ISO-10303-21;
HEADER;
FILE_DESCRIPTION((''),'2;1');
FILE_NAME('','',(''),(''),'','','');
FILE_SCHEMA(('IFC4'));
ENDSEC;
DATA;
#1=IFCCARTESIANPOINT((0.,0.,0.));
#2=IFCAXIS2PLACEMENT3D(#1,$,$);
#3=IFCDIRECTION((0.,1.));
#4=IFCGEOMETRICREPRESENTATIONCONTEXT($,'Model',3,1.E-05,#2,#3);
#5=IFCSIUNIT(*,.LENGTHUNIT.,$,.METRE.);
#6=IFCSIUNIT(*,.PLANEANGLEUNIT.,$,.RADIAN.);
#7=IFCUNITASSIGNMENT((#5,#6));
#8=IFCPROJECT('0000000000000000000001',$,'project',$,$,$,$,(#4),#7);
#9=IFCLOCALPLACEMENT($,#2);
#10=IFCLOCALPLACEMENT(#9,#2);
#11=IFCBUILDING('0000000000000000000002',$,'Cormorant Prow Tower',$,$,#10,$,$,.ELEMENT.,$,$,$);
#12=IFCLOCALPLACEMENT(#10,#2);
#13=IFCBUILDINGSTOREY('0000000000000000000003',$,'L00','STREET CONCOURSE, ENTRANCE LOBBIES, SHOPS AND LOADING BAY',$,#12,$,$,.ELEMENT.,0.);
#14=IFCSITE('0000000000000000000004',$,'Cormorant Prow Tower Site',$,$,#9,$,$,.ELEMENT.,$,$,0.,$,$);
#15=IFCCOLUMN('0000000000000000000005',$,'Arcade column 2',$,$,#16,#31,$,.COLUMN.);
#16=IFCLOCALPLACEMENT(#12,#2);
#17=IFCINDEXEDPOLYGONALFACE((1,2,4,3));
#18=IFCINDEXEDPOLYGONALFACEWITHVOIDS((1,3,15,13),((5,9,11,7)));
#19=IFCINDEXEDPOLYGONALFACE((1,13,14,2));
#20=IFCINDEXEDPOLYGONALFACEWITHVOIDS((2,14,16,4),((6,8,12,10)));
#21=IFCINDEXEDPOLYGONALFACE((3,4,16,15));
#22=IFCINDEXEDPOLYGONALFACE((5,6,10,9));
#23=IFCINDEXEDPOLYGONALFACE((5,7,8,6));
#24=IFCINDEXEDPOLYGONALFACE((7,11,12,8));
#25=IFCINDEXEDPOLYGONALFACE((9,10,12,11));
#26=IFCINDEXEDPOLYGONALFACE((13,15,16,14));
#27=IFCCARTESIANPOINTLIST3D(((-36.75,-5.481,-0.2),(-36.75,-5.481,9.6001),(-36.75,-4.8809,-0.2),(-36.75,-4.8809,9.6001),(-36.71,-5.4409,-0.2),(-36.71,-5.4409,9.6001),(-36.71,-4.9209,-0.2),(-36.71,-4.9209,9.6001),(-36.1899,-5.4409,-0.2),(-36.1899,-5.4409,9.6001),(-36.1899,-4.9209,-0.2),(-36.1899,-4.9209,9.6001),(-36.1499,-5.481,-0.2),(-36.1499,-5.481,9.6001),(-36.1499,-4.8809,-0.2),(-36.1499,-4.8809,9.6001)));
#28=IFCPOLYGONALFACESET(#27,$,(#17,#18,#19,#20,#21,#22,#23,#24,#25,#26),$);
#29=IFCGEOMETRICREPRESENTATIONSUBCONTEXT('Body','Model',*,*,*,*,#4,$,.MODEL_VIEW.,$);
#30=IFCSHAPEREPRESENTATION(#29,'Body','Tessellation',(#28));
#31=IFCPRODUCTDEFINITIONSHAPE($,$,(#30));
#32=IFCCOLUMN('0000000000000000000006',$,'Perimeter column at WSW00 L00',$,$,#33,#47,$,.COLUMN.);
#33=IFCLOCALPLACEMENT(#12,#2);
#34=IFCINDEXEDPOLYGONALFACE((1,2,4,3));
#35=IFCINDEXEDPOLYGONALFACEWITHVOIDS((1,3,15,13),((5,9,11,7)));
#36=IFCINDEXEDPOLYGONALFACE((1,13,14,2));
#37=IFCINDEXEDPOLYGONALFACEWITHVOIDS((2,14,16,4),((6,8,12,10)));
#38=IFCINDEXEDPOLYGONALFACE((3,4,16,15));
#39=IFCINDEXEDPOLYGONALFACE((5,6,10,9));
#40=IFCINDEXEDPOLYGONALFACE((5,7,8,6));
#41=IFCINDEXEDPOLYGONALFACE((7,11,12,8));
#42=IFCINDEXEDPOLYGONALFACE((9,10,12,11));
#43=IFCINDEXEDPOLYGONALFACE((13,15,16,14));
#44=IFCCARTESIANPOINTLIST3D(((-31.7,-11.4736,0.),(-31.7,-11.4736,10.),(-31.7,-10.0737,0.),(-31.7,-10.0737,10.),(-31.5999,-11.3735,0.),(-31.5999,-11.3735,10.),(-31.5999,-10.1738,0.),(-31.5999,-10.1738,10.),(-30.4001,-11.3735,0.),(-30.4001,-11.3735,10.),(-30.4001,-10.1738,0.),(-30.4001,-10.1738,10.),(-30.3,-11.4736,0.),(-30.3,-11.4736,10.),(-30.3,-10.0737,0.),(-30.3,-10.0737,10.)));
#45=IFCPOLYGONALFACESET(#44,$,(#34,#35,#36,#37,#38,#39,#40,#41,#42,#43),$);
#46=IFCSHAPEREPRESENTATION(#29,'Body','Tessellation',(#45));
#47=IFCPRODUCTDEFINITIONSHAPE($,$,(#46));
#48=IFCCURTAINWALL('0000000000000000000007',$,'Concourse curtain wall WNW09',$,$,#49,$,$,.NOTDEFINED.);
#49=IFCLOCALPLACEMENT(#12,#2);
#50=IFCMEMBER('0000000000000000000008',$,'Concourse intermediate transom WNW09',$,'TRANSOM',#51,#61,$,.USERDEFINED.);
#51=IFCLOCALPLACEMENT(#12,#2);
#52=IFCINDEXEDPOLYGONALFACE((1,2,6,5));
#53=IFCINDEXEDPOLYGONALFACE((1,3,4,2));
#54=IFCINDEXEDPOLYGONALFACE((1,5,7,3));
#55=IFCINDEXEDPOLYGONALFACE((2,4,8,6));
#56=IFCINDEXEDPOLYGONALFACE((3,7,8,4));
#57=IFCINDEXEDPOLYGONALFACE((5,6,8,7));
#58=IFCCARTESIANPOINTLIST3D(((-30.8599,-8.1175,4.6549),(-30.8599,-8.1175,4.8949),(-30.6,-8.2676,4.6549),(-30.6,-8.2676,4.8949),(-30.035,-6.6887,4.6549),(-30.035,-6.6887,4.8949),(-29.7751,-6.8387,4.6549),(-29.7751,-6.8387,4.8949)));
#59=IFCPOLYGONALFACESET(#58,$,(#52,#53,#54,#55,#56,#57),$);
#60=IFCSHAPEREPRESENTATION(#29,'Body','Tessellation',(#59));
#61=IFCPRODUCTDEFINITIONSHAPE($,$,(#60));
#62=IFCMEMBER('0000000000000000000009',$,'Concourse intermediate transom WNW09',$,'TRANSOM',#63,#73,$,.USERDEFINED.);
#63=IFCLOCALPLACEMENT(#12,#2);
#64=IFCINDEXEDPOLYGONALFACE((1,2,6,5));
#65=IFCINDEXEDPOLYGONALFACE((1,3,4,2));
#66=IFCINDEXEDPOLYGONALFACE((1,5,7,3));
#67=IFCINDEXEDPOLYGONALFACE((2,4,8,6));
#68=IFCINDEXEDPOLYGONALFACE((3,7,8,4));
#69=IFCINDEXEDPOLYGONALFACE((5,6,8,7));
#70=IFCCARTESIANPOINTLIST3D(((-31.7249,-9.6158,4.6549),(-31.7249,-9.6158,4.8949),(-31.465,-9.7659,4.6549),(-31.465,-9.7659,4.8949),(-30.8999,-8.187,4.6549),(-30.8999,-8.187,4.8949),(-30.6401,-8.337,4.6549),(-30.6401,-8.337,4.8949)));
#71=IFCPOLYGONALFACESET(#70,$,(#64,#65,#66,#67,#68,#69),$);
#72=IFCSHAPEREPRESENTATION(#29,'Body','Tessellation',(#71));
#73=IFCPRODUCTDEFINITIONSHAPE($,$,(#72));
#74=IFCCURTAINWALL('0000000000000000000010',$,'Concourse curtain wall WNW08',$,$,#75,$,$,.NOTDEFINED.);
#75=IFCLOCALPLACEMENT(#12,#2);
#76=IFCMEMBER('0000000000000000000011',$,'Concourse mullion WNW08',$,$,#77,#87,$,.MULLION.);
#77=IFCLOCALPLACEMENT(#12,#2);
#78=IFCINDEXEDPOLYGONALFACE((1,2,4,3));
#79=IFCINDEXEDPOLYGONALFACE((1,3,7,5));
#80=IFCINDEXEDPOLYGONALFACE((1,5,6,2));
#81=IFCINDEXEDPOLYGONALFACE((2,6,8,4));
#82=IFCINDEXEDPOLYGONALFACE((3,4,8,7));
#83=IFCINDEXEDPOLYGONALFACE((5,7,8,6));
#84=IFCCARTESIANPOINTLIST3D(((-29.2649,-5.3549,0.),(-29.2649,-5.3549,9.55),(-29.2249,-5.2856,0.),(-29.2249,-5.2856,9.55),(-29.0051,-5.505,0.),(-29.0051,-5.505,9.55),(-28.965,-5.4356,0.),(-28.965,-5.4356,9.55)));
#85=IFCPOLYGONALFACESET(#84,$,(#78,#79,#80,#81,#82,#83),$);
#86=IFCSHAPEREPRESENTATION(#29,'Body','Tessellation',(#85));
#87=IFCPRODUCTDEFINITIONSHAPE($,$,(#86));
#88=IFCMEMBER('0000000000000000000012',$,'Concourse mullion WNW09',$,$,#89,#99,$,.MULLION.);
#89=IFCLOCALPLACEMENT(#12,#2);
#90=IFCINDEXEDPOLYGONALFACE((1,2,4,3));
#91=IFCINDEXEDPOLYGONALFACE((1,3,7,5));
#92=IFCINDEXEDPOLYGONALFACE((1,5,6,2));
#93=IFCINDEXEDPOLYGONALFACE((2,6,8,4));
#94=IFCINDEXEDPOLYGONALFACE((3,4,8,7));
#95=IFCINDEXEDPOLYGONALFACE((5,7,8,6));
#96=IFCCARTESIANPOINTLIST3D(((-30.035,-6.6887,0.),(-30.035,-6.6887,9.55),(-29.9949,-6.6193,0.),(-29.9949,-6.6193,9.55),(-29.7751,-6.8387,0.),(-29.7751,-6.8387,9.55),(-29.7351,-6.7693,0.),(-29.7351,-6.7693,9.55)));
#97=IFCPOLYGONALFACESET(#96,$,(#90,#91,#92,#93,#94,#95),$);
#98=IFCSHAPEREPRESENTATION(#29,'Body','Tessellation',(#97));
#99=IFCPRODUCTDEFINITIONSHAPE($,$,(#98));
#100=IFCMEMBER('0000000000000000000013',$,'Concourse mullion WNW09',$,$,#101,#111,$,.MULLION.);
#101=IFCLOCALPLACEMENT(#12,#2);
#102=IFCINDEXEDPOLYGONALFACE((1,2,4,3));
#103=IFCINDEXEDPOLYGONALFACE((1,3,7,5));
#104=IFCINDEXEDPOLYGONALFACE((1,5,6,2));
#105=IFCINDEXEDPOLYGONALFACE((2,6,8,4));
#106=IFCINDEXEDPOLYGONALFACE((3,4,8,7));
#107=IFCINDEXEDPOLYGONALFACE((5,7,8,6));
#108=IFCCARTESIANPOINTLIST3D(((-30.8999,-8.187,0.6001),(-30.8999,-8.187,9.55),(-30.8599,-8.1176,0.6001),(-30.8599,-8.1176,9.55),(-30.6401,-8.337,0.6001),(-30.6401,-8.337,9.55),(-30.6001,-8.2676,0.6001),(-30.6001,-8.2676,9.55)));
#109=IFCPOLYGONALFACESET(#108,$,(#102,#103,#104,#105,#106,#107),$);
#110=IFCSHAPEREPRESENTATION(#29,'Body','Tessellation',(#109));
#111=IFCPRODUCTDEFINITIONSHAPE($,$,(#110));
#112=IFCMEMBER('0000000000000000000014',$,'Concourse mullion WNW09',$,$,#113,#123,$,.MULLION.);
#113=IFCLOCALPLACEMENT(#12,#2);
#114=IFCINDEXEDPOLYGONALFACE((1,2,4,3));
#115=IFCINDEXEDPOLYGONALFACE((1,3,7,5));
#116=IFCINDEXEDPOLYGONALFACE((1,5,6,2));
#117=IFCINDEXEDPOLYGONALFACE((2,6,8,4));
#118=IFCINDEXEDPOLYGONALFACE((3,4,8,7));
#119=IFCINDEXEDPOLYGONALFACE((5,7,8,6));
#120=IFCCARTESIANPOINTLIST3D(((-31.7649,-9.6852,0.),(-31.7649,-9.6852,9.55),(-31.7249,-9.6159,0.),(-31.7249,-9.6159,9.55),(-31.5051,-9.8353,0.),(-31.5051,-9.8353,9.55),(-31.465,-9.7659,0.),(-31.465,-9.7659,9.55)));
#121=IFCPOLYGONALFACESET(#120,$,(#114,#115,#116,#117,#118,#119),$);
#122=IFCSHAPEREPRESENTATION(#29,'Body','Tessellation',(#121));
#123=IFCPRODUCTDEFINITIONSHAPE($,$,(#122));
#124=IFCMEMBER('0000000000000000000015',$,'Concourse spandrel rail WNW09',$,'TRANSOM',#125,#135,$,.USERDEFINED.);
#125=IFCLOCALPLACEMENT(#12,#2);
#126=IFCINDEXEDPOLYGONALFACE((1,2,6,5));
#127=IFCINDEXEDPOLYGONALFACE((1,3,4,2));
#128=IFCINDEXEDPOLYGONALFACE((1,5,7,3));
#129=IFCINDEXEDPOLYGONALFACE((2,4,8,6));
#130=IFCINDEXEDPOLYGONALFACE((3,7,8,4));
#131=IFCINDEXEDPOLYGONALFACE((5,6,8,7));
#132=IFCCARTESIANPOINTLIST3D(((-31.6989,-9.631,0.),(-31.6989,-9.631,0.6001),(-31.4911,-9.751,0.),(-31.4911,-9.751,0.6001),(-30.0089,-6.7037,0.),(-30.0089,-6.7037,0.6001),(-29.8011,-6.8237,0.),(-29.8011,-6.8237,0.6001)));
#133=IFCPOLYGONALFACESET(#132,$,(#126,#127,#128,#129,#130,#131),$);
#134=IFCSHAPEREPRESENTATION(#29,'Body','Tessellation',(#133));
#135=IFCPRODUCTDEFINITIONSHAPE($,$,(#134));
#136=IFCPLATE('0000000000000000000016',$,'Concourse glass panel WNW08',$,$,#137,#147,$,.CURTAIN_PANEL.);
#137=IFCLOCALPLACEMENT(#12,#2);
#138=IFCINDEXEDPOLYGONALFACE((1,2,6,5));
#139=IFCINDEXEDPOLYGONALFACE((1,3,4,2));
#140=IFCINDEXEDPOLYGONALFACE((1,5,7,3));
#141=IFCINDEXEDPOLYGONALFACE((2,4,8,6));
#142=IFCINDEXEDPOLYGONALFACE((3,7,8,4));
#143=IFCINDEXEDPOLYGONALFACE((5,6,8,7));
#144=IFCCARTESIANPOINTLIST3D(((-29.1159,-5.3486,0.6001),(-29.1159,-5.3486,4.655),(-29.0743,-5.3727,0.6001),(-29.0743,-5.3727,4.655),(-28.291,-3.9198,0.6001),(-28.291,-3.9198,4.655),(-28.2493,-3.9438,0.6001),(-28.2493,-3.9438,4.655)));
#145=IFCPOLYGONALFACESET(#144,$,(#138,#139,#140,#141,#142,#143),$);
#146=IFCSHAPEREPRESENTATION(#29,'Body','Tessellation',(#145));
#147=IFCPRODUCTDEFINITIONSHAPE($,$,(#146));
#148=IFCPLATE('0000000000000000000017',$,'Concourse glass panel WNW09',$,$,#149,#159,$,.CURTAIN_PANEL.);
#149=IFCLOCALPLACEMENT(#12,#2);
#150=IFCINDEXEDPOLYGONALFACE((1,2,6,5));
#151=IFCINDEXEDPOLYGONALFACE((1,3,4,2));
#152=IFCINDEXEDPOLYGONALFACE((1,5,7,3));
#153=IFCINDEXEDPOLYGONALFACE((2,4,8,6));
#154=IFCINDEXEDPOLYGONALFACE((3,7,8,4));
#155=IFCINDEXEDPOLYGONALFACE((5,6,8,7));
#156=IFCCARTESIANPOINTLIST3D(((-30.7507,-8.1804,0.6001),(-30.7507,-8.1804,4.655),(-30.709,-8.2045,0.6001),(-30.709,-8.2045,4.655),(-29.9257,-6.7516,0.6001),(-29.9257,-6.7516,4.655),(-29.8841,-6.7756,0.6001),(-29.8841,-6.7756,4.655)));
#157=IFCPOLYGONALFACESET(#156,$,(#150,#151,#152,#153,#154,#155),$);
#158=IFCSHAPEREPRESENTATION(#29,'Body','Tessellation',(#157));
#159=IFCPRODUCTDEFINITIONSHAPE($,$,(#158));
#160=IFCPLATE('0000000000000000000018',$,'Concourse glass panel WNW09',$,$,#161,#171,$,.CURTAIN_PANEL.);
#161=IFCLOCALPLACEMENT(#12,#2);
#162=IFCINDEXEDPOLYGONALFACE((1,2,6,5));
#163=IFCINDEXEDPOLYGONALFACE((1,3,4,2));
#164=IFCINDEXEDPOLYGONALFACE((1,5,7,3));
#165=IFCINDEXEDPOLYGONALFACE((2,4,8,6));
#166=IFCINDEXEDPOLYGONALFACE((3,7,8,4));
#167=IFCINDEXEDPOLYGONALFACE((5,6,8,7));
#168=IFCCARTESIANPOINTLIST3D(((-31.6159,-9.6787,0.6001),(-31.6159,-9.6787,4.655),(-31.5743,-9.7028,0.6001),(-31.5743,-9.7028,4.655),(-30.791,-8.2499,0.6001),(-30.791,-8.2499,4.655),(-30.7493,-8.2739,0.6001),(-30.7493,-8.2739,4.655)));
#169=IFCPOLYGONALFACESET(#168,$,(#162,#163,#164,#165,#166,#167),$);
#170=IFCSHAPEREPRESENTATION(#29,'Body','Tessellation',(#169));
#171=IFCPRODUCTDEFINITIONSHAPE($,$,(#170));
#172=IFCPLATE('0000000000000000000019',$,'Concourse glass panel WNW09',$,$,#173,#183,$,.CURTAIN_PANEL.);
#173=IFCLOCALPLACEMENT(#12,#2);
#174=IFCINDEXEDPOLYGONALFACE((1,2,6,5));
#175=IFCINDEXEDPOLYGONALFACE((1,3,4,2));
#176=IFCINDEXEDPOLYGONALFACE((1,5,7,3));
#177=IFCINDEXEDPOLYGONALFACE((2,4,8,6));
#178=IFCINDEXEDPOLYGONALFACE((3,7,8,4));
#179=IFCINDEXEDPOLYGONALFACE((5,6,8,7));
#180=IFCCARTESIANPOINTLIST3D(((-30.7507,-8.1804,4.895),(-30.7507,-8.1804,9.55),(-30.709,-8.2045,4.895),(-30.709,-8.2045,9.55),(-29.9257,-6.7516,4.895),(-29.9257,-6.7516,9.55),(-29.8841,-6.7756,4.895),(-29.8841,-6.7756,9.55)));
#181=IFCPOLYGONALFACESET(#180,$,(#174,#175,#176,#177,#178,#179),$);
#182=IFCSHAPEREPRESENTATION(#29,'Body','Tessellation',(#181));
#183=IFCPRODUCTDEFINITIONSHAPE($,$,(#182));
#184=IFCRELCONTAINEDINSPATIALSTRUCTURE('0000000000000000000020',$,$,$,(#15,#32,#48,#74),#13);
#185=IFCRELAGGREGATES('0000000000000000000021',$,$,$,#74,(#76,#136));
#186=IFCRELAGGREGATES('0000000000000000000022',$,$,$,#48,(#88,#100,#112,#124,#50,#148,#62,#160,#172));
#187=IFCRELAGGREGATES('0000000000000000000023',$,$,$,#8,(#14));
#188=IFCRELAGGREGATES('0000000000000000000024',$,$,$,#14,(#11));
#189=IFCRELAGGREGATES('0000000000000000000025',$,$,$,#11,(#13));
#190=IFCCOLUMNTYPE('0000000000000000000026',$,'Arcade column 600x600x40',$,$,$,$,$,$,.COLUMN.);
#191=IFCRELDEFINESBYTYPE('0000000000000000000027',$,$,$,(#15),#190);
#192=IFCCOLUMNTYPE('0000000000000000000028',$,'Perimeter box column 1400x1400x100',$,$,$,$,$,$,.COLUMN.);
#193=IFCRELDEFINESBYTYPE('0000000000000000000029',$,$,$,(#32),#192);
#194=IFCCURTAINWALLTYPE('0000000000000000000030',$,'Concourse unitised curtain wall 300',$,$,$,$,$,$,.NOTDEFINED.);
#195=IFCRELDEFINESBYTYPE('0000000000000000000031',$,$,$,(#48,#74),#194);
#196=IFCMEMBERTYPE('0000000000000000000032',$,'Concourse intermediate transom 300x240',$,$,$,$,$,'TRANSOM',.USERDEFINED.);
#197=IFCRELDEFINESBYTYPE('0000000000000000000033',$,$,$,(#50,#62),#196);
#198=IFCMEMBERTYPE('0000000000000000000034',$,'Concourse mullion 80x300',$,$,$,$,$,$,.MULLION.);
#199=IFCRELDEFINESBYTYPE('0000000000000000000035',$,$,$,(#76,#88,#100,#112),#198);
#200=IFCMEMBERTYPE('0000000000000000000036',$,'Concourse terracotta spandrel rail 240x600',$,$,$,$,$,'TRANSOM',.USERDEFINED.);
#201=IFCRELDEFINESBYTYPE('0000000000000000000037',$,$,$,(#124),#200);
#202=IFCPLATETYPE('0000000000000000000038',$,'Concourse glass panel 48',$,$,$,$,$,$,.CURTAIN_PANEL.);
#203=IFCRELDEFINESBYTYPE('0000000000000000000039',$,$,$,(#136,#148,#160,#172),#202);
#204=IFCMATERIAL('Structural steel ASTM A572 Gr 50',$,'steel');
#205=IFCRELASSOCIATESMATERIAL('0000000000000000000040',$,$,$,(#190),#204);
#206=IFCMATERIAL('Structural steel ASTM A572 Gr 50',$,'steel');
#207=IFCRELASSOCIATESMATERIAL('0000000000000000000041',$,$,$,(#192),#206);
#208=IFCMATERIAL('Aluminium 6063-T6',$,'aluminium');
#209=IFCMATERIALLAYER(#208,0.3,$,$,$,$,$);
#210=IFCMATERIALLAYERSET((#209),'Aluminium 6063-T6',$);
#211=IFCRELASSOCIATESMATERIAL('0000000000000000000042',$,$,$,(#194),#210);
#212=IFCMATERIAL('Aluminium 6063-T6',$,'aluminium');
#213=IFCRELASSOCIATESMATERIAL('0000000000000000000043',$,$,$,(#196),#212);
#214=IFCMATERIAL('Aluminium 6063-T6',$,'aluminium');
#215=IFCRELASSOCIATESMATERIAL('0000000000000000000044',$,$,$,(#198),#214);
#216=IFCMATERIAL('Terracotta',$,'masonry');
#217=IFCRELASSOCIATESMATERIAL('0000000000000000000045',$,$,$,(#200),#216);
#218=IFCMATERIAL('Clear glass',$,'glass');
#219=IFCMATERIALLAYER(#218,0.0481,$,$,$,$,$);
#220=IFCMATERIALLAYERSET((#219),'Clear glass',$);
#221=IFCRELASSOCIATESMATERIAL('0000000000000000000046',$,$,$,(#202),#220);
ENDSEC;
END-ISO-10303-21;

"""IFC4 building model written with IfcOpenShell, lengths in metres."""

from ifc_helpers import new_model, si_unit, direction, frame, origin, origin_2d, place, context, subcontext, project, spatial, rectangle, hollow_rectangle, extrude, material, layer, layer_set, material_profile, profile_set, type_object, element, aggregate, save


model = new_model("IFC4")

# Units and contexts
model_context = context("Model", 3, precision=1e-05, world=origin(), true_north=direction((0.0, 1.0)))
body_context = subcontext(model_context, "Body", "Model", "MODEL_VIEW")
ifc_project = project(units=[si_unit("LENGTHUNIT", "METRE"), si_unit("PLANEANGLEUNIT", "RADIAN")], contexts=[model_context])

# Site, building, storey
site_placement = place(None, origin())
site = spatial("IfcSite", under=ifc_project, at=site_placement, Name="Cormorant Prow Tower Site", CompositionType="ELEMENT", RefElevation=0.0)
building_placement = place(site_placement, origin())
building = spatial("IfcBuilding", under=site, at=building_placement, Name="Cormorant Prow Tower", CompositionType="ELEMENT")
storey_placement = place(building_placement, origin())
storey = spatial("IfcBuildingStorey", under=building, at=storey_placement, Name="L00", Description="STREET CONCOURSE, ENTRANCE LOBBIES, SHOPS AND LOADING BAY", CompositionType="ELEMENT", Elevation=0.0)

# Columns
ifc_material_1 = material(Name="Structural steel ASTM A572 Gr 50", Category="steel")
ifc_material_profile_1 = material_profile(ifc_material_1, hollow_rectangle(XDim=0.6001, YDim=0.6001, WallThickness=0.04, at=origin_2d()), Name="Box 600x600x40")
ifc_profile_set_1 = profile_set([ifc_material_profile_1], Name="Structural steel ASTM A572 Gr 50")
column_type_1 = type_object("IfcColumnType", Name="Arcade column 600x600x40", PredefinedType="COLUMN", material=ifc_profile_set_1)
column_1_placement = place(storey_placement, frame((-36.45, -5.1809, -0.2), z_axis=(0.0, 0.0, 1.0), x_axis=(1.0, 0.0, 0.0)))
element("IfcColumn", 1, at=column_1_placement, inside=storey, type_object=column_type_1, Name="Arcade column 2", PredefinedType="COLUMN", context=body_context, shape_type="SweptSolid", body=[
    extrude(hollow_rectangle(XDim=0.6001, YDim=0.6001, WallThickness=0.04, at=origin_2d()), origin(), (0.0, 0.0, 1.0), 9.8),
])
ifc_material_2 = material(Name="Structural steel ASTM A572 Gr 50", Category="steel")
ifc_material_profile_2 = material_profile(ifc_material_2, hollow_rectangle(XDim=1.3999, YDim=1.3999, WallThickness=0.1001, at=origin_2d()), Name="Box 1400x1400x100")
ifc_profile_set_2 = profile_set([ifc_material_profile_2], Name="Structural steel ASTM A572 Gr 50")
column_type_2 = type_object("IfcColumnType", Name="Perimeter box column 1400x1400x100", PredefinedType="COLUMN", material=ifc_profile_set_2)
column_2_placement = place(storey_placement, frame((-31.0, -10.7737, 0.0), z_axis=(0.0, 0.0, 1.0), x_axis=(1.0, 0.0, 0.0)))
element("IfcColumn", 2, at=column_2_placement, inside=storey, type_object=column_type_2, Name="Perimeter column at WSW00 L00", PredefinedType="COLUMN", context=body_context, shape_type="SweptSolid", body=[
    extrude(hollow_rectangle(XDim=1.3999, YDim=1.3999, WallThickness=0.1001, at=origin_2d()), origin(), (0.0, 0.0, 1.0), 10.0),
])

# Curtain wall, members
ifc_material_3 = material(Name="Aluminium 6063-T6", Category="aluminium")
ifc_layer_1 = layer(ifc_material_3, 0.3)
ifc_layer_set_1 = layer_set([ifc_layer_1], Name="Aluminium 6063-T6")
curtain_wall_type = type_object("IfcCurtainWallType", Name="Concourse unitised curtain wall 300", PredefinedType="NOTDEFINED", material=ifc_layer_set_1)
curtain_wall_1_placement = place(storey_placement, origin())
curtain_wall_1 = element("IfcCurtainWall", 3, at=curtain_wall_1_placement, inside=storey, type_object=curtain_wall_type, Name="Concourse curtain wall WNW09", PredefinedType="NOTDEFINED")
ifc_material_4 = material(Name="Aluminium 6063-T6", Category="aluminium")
ifc_material_profile_3 = material_profile(ifc_material_4, rectangle(XDim=0.3, YDim=0.24, at=origin_2d()), Name="Concourse intermediate transom 300x240")
ifc_profile_set_3 = profile_set([ifc_material_profile_3], Name="Aluminium 6063-T6")
member_type_1 = type_object("IfcMemberType", Name="Concourse intermediate transom 300x240", ElementType="TRANSOM", PredefinedType="USERDEFINED", material=ifc_profile_set_3)
member_1_placement = place(storey_placement, frame((-29.905, -6.7637, 4.7749), z_axis=(-0.499974, -0.86604, 0.0), x_axis=(0.86604, -0.499974, 0.0)))
member_1 = element("IfcMember", 4, at=member_1_placement, type_object=member_type_1, Name="Concourse intermediate transom WNW09", ObjectType="TRANSOM", PredefinedType="USERDEFINED", context=body_context, shape_type="SweptSolid", body=[
    extrude(rectangle(XDim=0.3, YDim=0.24, at=origin_2d()), origin(), (0.0, 0.0, 1.0), 1.6499),
])
member_2_placement = place(storey_placement, frame((-30.77, -8.262, 4.7749), z_axis=(-0.499974, -0.86604, 0.0), x_axis=(0.86604, -0.499974, 0.0)))
member_2 = element("IfcMember", 5, at=member_2_placement, type_object=member_type_1, Name="Concourse intermediate transom WNW09", ObjectType="TRANSOM", PredefinedType="USERDEFINED", context=body_context, shape_type="SweptSolid", body=[
    extrude(rectangle(XDim=0.3, YDim=0.24, at=origin_2d()), origin(), (0.0, 0.0, 1.0), 1.6499),
])

# Curtain wall, member
curtain_wall_2_placement = place(storey_placement, origin())
curtain_wall_2 = element("IfcCurtainWall", 6, at=curtain_wall_2_placement, inside=storey, type_object=curtain_wall_type, Name="Concourse curtain wall WNW08", PredefinedType="NOTDEFINED")
ifc_material_5 = material(Name="Aluminium 6063-T6", Category="aluminium")
ifc_material_profile_4 = material_profile(ifc_material_5, rectangle(XDim=0.3, YDim=0.0801, at=origin_2d()), Name="Concourse mullion 80x300")
ifc_profile_set_4 = profile_set([ifc_material_profile_4], Name="Aluminium 6063-T6")
member_type_2 = type_object("IfcMemberType", Name="Concourse mullion 80x300", PredefinedType="MULLION", material=ifc_profile_set_4)
member_3_placement = place(storey_placement, frame((-29.115, -5.3953, 0.0), z_axis=(0.0, 0.0, 1.0), x_axis=(0.866025, -0.5, 0.0)))
member_3 = element("IfcMember", 7, at=member_3_placement, type_object=member_type_2, Name="Concourse mullion WNW08", PredefinedType="MULLION", context=body_context, shape_type="SweptSolid", body=[
    extrude(rectangle(XDim=0.3, YDim=0.0801, at=origin_2d()), origin(), (0.0, 0.0, 1.0), 9.55),
])

# Members
member_4_placement = place(storey_placement, frame((-29.885, -6.729, 0.0), z_axis=(0.0, 0.0, 1.0), x_axis=(0.866025, -0.5, 0.0)))
member_4 = element("IfcMember", 8, at=member_4_placement, type_object=member_type_2, Name="Concourse mullion WNW09", PredefinedType="MULLION", context=body_context, shape_type="SweptSolid", body=[
    extrude(rectangle(XDim=0.3, YDim=0.0801, at=origin_2d()), origin(), (0.0, 0.0, 1.0), 9.55),
])
member_5_placement = place(storey_placement, frame((-30.75, -8.2273, 0.6001), z_axis=(0.0, 0.0, 1.0), x_axis=(0.866025, -0.5, 0.0)))
member_5 = element("IfcMember", 9, at=member_5_placement, type_object=member_type_2, Name="Concourse mullion WNW09", PredefinedType="MULLION", context=body_context, shape_type="SweptSolid", body=[
    extrude(rectangle(XDim=0.3, YDim=0.0801, at=origin_2d()), origin(), (0.0, 0.0, 1.0), 8.95),
])
member_6_placement = place(storey_placement, frame((-31.615, -9.7256, 0.0), z_axis=(0.0, 0.0, 1.0), x_axis=(0.866025, -0.5, 0.0)))
member_6 = element("IfcMember", 10, at=member_6_placement, type_object=member_type_2, Name="Concourse mullion WNW09", PredefinedType="MULLION", context=body_context, shape_type="SweptSolid", body=[
    extrude(rectangle(XDim=0.3, YDim=0.0801, at=origin_2d()), origin(), (0.0, 0.0, 1.0), 9.55),
])
ifc_material_6 = material(Name="Terracotta", Category="masonry")
ifc_material_profile_5 = material_profile(ifc_material_6, rectangle(XDim=0.24, YDim=0.6001, at=origin_2d()), Name="Concourse terracotta spandrel rail 240x600")
ifc_profile_set_5 = profile_set([ifc_material_profile_5], Name="Terracotta")
member_type_3 = type_object("IfcMemberType", Name="Concourse terracotta spandrel rail 240x600", ElementType="TRANSOM", PredefinedType="USERDEFINED", material=ifc_profile_set_5)
member_7_placement = place(storey_placement, frame((-29.905, -6.7637, 0.3), z_axis=(-0.499977, -0.866039, 0.0), x_axis=(0.866039, -0.499977, 0.0)))
member_7 = element("IfcMember", 11, at=member_7_placement, type_object=member_type_3, Name="Concourse spandrel rail WNW09", ObjectType="TRANSOM", PredefinedType="USERDEFINED", context=body_context, shape_type="SweptSolid", body=[
    extrude(rectangle(XDim=0.24, YDim=0.6001, at=origin_2d()), origin(), (0.0, 0.0, 1.0), 3.3801),
])

# Plates
ifc_material_7 = material(Name="Clear glass", Category="glass")
ifc_layer_2 = layer(ifc_material_7, 0.0481)
ifc_layer_set_2 = layer_set([ifc_layer_2], Name="Clear glass")
plate_type = type_object("IfcPlateType", Name="Concourse glass panel 48", PredefinedType="CURTAIN_PANEL", material=ifc_layer_set_2)
plate_1_placement = place(storey_placement, frame((-28.6826, -4.6462, 0.6001), z_axis=(0.0, 0.0, 1.0), x_axis=(-0.5, -0.866025, 0.0)))
plate_1 = element("IfcPlate", 12, at=plate_1_placement, type_object=plate_type, Name="Concourse glass panel WNW08", PredefinedType="CURTAIN_PANEL", context=body_context, shape_type="SweptSolid", body=[
    extrude(rectangle(XDim=1.6499, YDim=0.0481, at=origin_2d()), origin(), (0.0, 0.0, 1.0), 4.0549),
])
aggregate(curtain_wall_2, [member_3, plate_1])
plate_2_placement = place(storey_placement, frame((-30.3174, -7.478, 0.6001), z_axis=(0.0, 0.0, 1.0), x_axis=(-0.5, -0.866025, 0.0)))
plate_2 = element("IfcPlate", 13, at=plate_2_placement, type_object=plate_type, Name="Concourse glass panel WNW09", PredefinedType="CURTAIN_PANEL", context=body_context, shape_type="SweptSolid", body=[
    extrude(rectangle(XDim=1.6499, YDim=0.0481, at=origin_2d()), origin(), (0.0, 0.0, 1.0), 4.0549),
])
plate_3_placement = place(storey_placement, frame((-31.1826, -8.9763, 0.6001), z_axis=(0.0, 0.0, 1.0), x_axis=(-0.5, -0.866025, 0.0)))
plate_3 = element("IfcPlate", 14, at=plate_3_placement, type_object=plate_type, Name="Concourse glass panel WNW09", PredefinedType="CURTAIN_PANEL", context=body_context, shape_type="SweptSolid", body=[
    extrude(rectangle(XDim=1.6499, YDim=0.0481, at=origin_2d()), origin(), (0.0, 0.0, 1.0), 4.0549),
])
plate_4_placement = place(storey_placement, frame((-30.3174, -7.478, 4.895), z_axis=(0.0, 0.0, 1.0), x_axis=(-0.5, -0.866025, 0.0)))
plate_4 = element("IfcPlate", 15, at=plate_4_placement, type_object=plate_type, Name="Concourse glass panel WNW09", PredefinedType="CURTAIN_PANEL", context=body_context, shape_type="SweptSolid", body=[
    extrude(rectangle(XDim=1.6499, YDim=0.0481, at=origin_2d()), origin(), (0.0, 0.0, 1.0), 4.655),
])
aggregate(curtain_wall_1, [member_4, member_5, member_6, member_7, member_1, plate_2, member_2, plate_3, plate_4])

save(model, "model.ifc")
